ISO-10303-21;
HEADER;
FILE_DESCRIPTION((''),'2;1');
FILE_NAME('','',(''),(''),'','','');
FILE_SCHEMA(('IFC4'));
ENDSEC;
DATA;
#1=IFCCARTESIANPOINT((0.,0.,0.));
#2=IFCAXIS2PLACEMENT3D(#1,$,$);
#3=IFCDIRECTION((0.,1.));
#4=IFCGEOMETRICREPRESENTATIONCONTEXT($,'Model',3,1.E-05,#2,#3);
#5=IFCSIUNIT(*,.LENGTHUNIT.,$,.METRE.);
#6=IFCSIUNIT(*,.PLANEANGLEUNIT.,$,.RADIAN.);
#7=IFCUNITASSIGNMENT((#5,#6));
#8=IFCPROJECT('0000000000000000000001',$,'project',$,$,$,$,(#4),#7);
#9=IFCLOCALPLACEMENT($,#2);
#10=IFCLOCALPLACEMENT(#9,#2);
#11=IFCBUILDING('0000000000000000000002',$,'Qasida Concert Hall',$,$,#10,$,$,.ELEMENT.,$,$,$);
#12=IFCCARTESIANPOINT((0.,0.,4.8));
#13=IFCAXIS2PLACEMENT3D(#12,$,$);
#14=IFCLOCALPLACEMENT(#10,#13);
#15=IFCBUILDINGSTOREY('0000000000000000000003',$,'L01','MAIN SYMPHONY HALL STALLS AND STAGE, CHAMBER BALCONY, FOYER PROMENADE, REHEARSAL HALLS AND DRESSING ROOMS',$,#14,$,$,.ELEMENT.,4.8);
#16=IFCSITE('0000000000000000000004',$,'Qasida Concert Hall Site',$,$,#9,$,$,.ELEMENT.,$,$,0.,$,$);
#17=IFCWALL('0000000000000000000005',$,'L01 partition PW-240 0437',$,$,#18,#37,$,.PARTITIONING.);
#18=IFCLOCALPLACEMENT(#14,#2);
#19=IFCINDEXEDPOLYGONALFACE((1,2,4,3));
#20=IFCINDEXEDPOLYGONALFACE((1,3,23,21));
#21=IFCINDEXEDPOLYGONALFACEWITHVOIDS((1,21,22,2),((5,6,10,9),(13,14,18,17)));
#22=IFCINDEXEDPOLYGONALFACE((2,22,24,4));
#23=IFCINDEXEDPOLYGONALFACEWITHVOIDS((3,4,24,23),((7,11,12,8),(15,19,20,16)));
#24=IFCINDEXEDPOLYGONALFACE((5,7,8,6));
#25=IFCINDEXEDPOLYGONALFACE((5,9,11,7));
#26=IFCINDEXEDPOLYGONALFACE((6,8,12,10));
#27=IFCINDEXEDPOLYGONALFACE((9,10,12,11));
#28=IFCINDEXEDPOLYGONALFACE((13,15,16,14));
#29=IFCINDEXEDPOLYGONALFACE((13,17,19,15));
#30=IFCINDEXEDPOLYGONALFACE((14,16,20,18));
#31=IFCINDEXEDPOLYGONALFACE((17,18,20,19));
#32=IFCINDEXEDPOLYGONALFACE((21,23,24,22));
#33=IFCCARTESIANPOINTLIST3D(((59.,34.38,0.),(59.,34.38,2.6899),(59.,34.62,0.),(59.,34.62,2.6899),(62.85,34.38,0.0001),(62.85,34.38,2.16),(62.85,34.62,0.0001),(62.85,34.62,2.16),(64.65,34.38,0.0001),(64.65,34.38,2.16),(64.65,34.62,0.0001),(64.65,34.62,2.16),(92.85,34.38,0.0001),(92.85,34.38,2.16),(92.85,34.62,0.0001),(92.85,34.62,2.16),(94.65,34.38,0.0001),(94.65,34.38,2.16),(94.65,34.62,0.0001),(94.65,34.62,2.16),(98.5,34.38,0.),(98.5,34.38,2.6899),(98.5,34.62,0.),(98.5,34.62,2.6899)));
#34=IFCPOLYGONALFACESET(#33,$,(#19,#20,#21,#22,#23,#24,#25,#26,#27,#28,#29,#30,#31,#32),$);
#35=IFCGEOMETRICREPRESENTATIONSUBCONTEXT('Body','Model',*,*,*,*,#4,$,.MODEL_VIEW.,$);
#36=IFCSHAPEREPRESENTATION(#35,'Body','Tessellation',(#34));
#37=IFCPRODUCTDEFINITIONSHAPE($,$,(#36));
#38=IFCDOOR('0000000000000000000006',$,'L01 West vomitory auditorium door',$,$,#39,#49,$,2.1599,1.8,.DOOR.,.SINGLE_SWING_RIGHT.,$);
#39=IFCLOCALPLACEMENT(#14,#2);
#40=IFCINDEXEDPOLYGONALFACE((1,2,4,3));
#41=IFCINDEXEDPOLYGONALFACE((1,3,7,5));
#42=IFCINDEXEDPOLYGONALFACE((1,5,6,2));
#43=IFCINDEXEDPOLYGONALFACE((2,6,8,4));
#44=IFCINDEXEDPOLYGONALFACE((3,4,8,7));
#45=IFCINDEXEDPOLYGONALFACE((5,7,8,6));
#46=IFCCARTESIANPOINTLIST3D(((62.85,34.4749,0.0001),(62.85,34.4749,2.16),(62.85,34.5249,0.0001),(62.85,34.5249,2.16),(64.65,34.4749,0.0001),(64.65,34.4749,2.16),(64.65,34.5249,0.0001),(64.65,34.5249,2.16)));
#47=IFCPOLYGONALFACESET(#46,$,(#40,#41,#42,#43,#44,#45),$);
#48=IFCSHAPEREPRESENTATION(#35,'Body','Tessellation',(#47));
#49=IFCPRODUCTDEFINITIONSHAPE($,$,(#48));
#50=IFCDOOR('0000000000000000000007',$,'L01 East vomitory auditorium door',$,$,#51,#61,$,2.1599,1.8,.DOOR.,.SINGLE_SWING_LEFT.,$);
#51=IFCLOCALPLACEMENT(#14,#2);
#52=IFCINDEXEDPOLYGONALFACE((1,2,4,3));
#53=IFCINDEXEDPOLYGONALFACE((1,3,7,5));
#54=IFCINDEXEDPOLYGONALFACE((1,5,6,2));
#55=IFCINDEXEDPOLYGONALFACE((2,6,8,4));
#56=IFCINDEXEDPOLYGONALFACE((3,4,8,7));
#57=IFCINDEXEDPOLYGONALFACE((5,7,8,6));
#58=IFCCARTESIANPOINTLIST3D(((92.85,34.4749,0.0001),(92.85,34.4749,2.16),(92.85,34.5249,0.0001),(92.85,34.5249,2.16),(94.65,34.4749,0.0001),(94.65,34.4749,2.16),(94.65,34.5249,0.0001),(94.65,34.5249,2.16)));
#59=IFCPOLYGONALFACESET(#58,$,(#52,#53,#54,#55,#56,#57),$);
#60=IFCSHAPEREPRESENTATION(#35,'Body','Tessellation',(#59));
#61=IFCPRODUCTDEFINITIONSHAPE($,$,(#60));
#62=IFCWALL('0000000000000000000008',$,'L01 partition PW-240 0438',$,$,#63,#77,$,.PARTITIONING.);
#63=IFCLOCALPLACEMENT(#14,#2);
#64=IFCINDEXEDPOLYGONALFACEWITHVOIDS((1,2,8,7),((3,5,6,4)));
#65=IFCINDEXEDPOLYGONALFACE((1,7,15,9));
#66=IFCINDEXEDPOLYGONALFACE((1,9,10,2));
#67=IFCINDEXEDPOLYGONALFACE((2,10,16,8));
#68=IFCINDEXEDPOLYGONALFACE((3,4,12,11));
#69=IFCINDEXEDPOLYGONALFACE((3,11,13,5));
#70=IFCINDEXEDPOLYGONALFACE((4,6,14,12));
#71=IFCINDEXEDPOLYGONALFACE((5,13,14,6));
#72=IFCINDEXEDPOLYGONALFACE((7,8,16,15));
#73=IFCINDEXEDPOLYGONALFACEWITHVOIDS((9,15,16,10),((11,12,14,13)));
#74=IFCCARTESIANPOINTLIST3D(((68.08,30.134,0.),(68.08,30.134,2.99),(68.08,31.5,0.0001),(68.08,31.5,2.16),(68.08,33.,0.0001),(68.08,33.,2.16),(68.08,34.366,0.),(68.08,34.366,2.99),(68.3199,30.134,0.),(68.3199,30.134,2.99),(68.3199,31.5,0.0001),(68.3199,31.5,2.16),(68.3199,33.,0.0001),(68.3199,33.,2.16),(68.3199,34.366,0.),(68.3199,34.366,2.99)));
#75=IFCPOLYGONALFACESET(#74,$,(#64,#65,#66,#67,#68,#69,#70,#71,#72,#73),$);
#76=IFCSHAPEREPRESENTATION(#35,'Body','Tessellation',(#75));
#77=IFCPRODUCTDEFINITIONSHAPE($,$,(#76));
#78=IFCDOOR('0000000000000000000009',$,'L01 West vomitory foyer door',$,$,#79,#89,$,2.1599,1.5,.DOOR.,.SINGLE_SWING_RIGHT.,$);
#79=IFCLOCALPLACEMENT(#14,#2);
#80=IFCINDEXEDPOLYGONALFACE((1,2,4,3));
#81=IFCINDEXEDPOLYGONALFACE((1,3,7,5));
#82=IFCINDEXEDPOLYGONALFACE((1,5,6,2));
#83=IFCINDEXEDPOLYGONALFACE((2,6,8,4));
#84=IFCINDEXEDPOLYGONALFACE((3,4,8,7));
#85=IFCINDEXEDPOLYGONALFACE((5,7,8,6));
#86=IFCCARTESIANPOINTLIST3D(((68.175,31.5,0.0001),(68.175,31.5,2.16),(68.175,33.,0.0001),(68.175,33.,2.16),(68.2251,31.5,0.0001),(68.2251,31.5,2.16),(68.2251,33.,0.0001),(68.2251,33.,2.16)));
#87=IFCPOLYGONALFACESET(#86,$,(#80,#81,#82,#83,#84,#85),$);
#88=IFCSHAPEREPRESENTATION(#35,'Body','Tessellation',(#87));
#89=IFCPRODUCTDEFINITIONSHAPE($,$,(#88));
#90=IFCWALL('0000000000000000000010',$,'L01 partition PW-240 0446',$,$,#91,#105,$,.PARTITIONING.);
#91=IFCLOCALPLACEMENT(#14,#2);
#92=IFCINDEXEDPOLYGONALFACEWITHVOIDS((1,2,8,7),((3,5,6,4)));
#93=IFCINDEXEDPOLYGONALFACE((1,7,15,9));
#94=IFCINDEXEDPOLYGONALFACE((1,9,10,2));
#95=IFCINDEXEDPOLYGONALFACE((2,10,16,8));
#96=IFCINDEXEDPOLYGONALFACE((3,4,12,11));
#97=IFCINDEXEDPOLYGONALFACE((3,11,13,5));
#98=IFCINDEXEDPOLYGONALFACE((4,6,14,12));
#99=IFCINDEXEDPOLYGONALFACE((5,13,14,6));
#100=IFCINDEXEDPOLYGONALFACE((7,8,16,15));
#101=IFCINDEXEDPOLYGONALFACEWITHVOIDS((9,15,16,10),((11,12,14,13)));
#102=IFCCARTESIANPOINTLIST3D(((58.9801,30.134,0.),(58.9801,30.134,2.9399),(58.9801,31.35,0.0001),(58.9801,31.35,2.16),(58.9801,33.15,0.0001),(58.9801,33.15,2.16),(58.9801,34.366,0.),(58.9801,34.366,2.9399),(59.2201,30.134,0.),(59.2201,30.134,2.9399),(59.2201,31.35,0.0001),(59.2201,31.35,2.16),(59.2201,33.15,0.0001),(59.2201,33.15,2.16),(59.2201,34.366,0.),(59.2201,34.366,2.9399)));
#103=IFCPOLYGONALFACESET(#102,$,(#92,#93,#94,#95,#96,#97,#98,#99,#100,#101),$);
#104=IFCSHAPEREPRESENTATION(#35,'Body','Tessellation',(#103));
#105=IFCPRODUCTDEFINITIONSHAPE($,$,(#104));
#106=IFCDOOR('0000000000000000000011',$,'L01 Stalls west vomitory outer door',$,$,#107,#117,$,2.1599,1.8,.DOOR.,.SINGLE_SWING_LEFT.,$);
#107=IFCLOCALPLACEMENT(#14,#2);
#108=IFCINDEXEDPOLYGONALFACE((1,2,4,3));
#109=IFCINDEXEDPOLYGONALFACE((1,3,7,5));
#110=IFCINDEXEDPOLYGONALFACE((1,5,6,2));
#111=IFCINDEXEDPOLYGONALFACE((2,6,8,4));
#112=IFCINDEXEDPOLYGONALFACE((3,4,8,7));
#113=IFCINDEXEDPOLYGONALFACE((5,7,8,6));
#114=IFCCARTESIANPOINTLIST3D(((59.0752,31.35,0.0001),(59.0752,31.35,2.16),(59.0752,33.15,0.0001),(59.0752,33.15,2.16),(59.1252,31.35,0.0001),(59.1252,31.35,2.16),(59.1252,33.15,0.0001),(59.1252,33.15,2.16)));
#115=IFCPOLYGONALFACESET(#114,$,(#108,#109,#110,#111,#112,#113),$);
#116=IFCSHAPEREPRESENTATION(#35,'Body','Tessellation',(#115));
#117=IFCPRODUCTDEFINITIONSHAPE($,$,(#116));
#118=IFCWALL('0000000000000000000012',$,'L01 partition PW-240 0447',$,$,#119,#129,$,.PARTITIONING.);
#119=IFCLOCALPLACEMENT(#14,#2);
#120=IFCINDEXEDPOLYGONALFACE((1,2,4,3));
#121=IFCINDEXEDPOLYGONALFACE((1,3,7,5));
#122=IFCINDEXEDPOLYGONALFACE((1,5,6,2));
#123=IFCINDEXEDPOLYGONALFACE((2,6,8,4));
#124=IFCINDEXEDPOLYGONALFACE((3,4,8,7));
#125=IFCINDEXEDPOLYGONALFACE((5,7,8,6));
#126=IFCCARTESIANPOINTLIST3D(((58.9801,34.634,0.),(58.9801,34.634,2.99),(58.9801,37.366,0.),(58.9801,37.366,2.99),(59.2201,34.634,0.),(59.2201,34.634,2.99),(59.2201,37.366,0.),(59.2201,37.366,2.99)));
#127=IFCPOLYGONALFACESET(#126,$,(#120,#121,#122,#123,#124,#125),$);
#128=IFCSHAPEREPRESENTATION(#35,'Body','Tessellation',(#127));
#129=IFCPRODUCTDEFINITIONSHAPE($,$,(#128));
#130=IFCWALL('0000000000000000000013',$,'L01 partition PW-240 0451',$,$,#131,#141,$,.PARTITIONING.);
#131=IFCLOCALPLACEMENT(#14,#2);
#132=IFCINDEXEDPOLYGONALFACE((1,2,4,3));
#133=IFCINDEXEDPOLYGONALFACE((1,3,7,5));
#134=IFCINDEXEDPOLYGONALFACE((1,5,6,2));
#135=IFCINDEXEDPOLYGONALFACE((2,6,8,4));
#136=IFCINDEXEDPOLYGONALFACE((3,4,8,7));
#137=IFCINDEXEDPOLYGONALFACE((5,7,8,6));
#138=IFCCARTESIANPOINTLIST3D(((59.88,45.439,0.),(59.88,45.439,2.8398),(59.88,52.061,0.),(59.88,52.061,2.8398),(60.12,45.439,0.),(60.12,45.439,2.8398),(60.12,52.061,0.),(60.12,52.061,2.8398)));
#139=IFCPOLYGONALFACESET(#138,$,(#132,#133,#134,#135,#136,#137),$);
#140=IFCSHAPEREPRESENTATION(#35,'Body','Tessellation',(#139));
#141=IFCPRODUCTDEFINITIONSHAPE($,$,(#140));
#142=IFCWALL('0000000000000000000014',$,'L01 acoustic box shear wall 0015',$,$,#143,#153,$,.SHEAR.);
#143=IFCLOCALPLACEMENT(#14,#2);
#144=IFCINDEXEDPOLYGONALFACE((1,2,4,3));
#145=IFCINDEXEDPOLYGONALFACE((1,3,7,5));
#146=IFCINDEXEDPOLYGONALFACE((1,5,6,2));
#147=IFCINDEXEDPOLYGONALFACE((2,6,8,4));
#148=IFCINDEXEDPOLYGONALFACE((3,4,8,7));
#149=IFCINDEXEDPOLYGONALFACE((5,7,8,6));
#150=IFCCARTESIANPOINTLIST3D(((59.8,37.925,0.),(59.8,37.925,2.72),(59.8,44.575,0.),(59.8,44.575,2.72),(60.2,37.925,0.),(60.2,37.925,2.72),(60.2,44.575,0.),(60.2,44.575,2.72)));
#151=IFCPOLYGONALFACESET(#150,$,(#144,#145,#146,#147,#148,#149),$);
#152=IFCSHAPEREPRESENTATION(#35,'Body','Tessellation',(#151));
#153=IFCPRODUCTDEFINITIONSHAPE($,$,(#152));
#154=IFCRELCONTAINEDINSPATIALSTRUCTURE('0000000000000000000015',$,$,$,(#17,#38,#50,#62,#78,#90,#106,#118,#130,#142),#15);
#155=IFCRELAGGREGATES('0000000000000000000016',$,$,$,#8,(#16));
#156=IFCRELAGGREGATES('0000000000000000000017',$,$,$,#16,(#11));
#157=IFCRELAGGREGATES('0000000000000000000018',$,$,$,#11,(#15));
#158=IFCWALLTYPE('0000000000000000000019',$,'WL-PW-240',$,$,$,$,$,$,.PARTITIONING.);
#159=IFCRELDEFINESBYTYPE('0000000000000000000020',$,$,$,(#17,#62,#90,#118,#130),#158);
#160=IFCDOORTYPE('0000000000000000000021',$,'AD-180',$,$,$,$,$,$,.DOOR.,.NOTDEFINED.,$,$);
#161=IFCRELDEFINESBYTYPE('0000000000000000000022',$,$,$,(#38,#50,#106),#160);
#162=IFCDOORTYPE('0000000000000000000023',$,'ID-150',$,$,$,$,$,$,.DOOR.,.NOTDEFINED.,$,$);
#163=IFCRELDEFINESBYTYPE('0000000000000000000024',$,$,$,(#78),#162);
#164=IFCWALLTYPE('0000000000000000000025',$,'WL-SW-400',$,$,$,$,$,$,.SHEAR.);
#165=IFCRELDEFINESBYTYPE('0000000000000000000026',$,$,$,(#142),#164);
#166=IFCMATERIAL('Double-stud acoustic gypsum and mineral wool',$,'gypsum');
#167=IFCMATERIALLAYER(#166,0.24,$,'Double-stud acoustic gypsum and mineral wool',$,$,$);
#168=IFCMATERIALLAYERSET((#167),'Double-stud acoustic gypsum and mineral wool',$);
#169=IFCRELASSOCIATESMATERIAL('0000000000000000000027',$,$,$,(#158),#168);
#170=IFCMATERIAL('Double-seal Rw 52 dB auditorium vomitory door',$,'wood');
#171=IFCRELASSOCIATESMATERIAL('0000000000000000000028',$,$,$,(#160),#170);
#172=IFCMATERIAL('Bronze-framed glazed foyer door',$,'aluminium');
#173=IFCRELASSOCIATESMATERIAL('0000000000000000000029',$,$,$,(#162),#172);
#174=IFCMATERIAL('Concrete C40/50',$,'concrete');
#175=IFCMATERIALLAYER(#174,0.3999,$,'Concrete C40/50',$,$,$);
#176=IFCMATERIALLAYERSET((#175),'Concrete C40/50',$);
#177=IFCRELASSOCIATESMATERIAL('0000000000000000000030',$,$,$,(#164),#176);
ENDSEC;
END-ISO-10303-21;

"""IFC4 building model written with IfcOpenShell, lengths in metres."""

from ifc_helpers import new_model, si_unit, direction, frame, frame_2d, origin, place, context, subcontext, project, spatial, rectangle, extrude, material, layer, layer_set, type_object, element, fill, save


model = new_model("IFC4")

# Units and contexts
model_context = context("Model", 3, precision=1e-05, world=origin(), true_north=direction((0.0, 1.0)))
body_context = subcontext(model_context, "Body", "Model", "MODEL_VIEW")
ifc_project = project(units=[si_unit("LENGTHUNIT", "METRE"), si_unit("PLANEANGLEUNIT", "RADIAN")], contexts=[model_context])

# Site, building, storey
site_placement = place(None, origin())
site = spatial("IfcSite", under=ifc_project, at=site_placement, Name="Qasida Concert Hall Site", CompositionType="ELEMENT", RefElevation=0.0)
building_placement = place(site_placement, origin())
building = spatial("IfcBuilding", under=site, at=building_placement, Name="Qasida Concert Hall", CompositionType="ELEMENT")
storey_placement = place(building_placement, frame((0.0, 0.0, 4.8)))
storey = spatial("IfcBuildingStorey", under=building, at=storey_placement, Name="L01", Description="MAIN SYMPHONY HALL STALLS AND STAGE, CHAMBER BALCONY, FOYER PROMENADE, REHEARSAL HALLS AND DRESSING ROOMS", CompositionType="ELEMENT", Elevation=4.8)

# Shared definitions
ifc_material_1 = material(Name="Concrete C40/50", Category="concrete")

# Shared definitions
ifc_material_2 = material(Name="Double-stud acoustic gypsum and mineral wool", Category="gypsum")
ifc_layer_1 = layer(ifc_material_2, 0.24, Name="Double-stud acoustic gypsum and mineral wool")
ifc_layer_set_1 = layer_set([ifc_layer_1], Name="Double-stud acoustic gypsum and mineral wool")
wall_type_1 = type_object("IfcWallType", Name="WL-PW-240", PredefinedType="PARTITIONING", material=ifc_layer_set_1)

# Wall, openings, doors
wall_1_placement = place(storey_placement, frame((59.0, 34.5, 0.0), z_axis=(0.0, 0.0, 1.0), x_axis=(1.0, 0.0, 0.0)))
wall_1 = element("IfcWall", 1, at=wall_1_placement, inside=storey, type_object=wall_type_1, Name="L01 partition PW-240 0437", PredefinedType="PARTITIONING", context=body_context, shape_type="SweptSolid", body=[
    extrude(rectangle(XDim=39.5, YDim=0.24, at=frame_2d((19.75, 0.0))), origin(), (0.0, 0.0, 1.0), 2.6899),
])
opening_1_placement = place(wall_1_placement, frame((3.8501, 0.0, 0.0)))
opening_1 = element("IfcOpeningElement", 2, at=opening_1_placement, cuts=wall_1, PredefinedType="OPENING", context=body_context, shape_type="SweptSolid", body=[
    extrude(rectangle(XDim=1.8, YDim=2.1599, at=frame_2d((0.8999, 1.0801))), frame((0.0, 0.1299, 0.0), z_axis=(0.0, -1.0, 0.0), x_axis=(1.0, 0.0, 0.0)), (0.0, 0.0, 1.0), 0.26),
])
opening_2_placement = place(wall_1_placement, frame((33.8501, 0.0, 0.0)))
opening_2 = element("IfcOpeningElement", 3, at=opening_2_placement, cuts=wall_1, PredefinedType="OPENING", context=body_context, shape_type="SweptSolid", body=[
    extrude(rectangle(XDim=1.8, YDim=2.1599, at=frame_2d((0.8999, 1.0801))), frame((0.0, 0.1299, 0.0), z_axis=(0.0, -1.0, 0.0), x_axis=(1.0, 0.0, 0.0)), (0.0, 0.0, 1.0), 0.26),
])
ifc_material_3 = material(Name="Double-seal Rw 52 dB auditorium vomitory door", Category="wood")
door_type_1 = type_object("IfcDoorType", Name="AD-180", OperationType="NOTDEFINED", PredefinedType="DOOR", material=ifc_material_3)
door_1_placement = place(opening_1_placement, origin())
door_1 = element("IfcDoor", 4, at=door_1_placement, inside=storey, type_object=door_type_1, Name="L01 West vomitory auditorium door", OperationType="SINGLE_SWING_RIGHT", OverallHeight=2.1599, OverallWidth=1.8, PredefinedType="DOOR", context=body_context, shape_type="SweptSolid", body=[
    extrude(rectangle(XDim=1.8, YDim=2.1599, at=frame_2d((0.8999, 1.0801))), frame((0.0, 0.0249, 0.0), z_axis=(0.0, -1.0, 0.0), x_axis=(1.0, 0.0, 0.0)), (0.0, 0.0, 1.0), 0.05),
])
fill(opening_1, door_1)
door_2_placement = place(opening_2_placement, origin())
door_2 = element("IfcDoor", 5, at=door_2_placement, inside=storey, type_object=door_type_1, Name="L01 East vomitory auditorium door", OperationType="SINGLE_SWING_LEFT", OverallHeight=2.1599, OverallWidth=1.8, PredefinedType="DOOR", context=body_context, shape_type="SweptSolid", body=[
    extrude(rectangle(XDim=1.8, YDim=2.1599, at=frame_2d((0.8999, 1.0801))), frame((0.0, 0.0249, 0.0), z_axis=(0.0, -1.0, 0.0), x_axis=(1.0, 0.0, 0.0)), (0.0, 0.0, 1.0), 0.05),
])
fill(opening_2, door_2)

# Walls, openings, doors
wall_2_placement = place(storey_placement, frame((68.2, 30.134, 0.0), z_axis=(0.0, 0.0, 1.0), x_axis=(0.0, 1.0, 0.0)))
wall_2 = element("IfcWall", 6, at=wall_2_placement, inside=storey, type_object=wall_type_1, Name="L01 partition PW-240 0438", PredefinedType="PARTITIONING", context=body_context, shape_type="SweptSolid", body=[
    extrude(rectangle(XDim=4.2319, YDim=0.24, at=frame_2d((2.116, 0.0))), origin(), (0.0, 0.0, 1.0), 2.99),
])
opening_3_placement = place(wall_2_placement, frame((1.366, 0.0, 0.0)))
opening_3 = element("IfcOpeningElement", 7, at=opening_3_placement, cuts=wall_2, PredefinedType="OPENING", context=body_context, shape_type="SweptSolid", body=[
    extrude(rectangle(XDim=1.5, YDim=2.1599, at=frame_2d((0.75, 1.0801))), frame((0.0, 0.1299, 0.0), z_axis=(0.0, -1.0, 0.0), x_axis=(1.0, 0.0, 0.0)), (0.0, 0.0, 1.0), 0.26),
])
ifc_material_4 = material(Name="Bronze-framed glazed foyer door", Category="aluminium")
door_type_2 = type_object("IfcDoorType", Name="ID-150", OperationType="NOTDEFINED", PredefinedType="DOOR", material=ifc_material_4)
door_3_placement = place(opening_3_placement, origin())
door_3 = element("IfcDoor", 8, at=door_3_placement, inside=storey, type_object=door_type_2, Name="L01 West vomitory foyer door", OperationType="SINGLE_SWING_RIGHT", OverallHeight=2.1599, OverallWidth=1.5, PredefinedType="DOOR", context=body_context, shape_type="SweptSolid", body=[
    extrude(rectangle(XDim=1.5, YDim=2.1599, at=frame_2d((0.75, 1.0801))), frame((0.0, 0.0249, 0.0), z_axis=(0.0, -1.0, 0.0), x_axis=(1.0, 0.0, 0.0)), (0.0, 0.0, 1.0), 0.05),
])
fill(opening_3, door_3)
wall_3_placement = place(storey_placement, frame((59.1001, 30.134, 0.0), z_axis=(0.0, 0.0, 1.0), x_axis=(0.0, 1.0, 0.0)))
wall_3 = element("IfcWall", 9, at=wall_3_placement, inside=storey, type_object=wall_type_1, Name="L01 partition PW-240 0446", PredefinedType="PARTITIONING", context=body_context, shape_type="SweptSolid", body=[
    extrude(rectangle(XDim=4.2319, YDim=0.24, at=frame_2d((2.116, 0.0))), origin(), (0.0, 0.0, 1.0), 2.9399),
])
opening_4_placement = place(wall_3_placement, frame((1.2161, 0.0, 0.0)))
opening_4 = element("IfcOpeningElement", 10, at=opening_4_placement, cuts=wall_3, PredefinedType="OPENING", context=body_context, shape_type="SweptSolid", body=[
    extrude(rectangle(XDim=1.8, YDim=2.1599, at=frame_2d((0.8999, 1.0801))), frame((0.0, 0.1299, 0.0), z_axis=(0.0, -1.0, 0.0), x_axis=(1.0, 0.0, 0.0)), (0.0, 0.0, 1.0), 0.26),
])
door_4_placement = place(opening_4_placement, origin())
door_4 = element("IfcDoor", 11, at=door_4_placement, inside=storey, type_object=door_type_1, Name="L01 Stalls west vomitory outer door", OperationType="SINGLE_SWING_LEFT", OverallHeight=2.1599, OverallWidth=1.8, PredefinedType="DOOR", context=body_context, shape_type="SweptSolid", body=[
    extrude(rectangle(XDim=1.8, YDim=2.1599, at=frame_2d((0.8999, 1.0801))), frame((0.0, 0.0249, 0.0), z_axis=(0.0, -1.0, 0.0), x_axis=(1.0, 0.0, 0.0)), (0.0, 0.0, 1.0), 0.05),
])
fill(opening_4, door_4)

# Walls
wall_4_placement = place(storey_placement, frame((59.1001, 34.634, 0.0), z_axis=(0.0, 0.0, 1.0), x_axis=(0.0, 1.0, 0.0)))
element("IfcWall", 12, at=wall_4_placement, inside=storey, type_object=wall_type_1, Name="L01 partition PW-240 0447", PredefinedType="PARTITIONING", context=body_context, shape_type="SweptSolid", body=[
    extrude(rectangle(XDim=2.7319, YDim=0.24, at=frame_2d((1.366, 0.0))), origin(), (0.0, 0.0, 1.0), 2.99),
])
wall_5_placement = place(storey_placement, frame((60.0, 45.439, 0.0), z_axis=(0.0, 0.0, 1.0), x_axis=(0.0, 1.0, 0.0)))
element("IfcWall", 13, at=wall_5_placement, inside=storey, type_object=wall_type_1, Name="L01 partition PW-240 0451", PredefinedType="PARTITIONING", context=body_context, shape_type="SweptSolid", body=[
    extrude(rectangle(XDim=6.6221, YDim=0.24, at=frame_2d((3.311, 0.0))), origin(), (0.0, 0.0, 1.0), 2.8398),
])
ifc_layer_2 = layer(ifc_material_1, 0.3999, Name="Concrete C40/50")
ifc_layer_set_2 = layer_set([ifc_layer_2], Name="Concrete C40/50")
wall_type_2 = type_object("IfcWallType", Name="WL-SW-400", PredefinedType="SHEAR", material=ifc_layer_set_2)
wall_6_placement = place(storey_placement, frame((60.0, 37.925, 0.0), z_axis=(0.0, 0.0, 1.0), x_axis=(0.0, 1.0, 0.0)))
element("IfcWall", 14, at=wall_6_placement, inside=storey, type_object=wall_type_2, Name="L01 acoustic box shear wall 0015", PredefinedType="SHEAR", context=body_context, shape_type="SweptSolid", body=[
    extrude(rectangle(XDim=6.6499, YDim=0.3999, at=frame_2d((3.325, 0.0))), origin(), (0.0, 0.0, 1.0), 2.72),
])

save(model, "model.ifc")
